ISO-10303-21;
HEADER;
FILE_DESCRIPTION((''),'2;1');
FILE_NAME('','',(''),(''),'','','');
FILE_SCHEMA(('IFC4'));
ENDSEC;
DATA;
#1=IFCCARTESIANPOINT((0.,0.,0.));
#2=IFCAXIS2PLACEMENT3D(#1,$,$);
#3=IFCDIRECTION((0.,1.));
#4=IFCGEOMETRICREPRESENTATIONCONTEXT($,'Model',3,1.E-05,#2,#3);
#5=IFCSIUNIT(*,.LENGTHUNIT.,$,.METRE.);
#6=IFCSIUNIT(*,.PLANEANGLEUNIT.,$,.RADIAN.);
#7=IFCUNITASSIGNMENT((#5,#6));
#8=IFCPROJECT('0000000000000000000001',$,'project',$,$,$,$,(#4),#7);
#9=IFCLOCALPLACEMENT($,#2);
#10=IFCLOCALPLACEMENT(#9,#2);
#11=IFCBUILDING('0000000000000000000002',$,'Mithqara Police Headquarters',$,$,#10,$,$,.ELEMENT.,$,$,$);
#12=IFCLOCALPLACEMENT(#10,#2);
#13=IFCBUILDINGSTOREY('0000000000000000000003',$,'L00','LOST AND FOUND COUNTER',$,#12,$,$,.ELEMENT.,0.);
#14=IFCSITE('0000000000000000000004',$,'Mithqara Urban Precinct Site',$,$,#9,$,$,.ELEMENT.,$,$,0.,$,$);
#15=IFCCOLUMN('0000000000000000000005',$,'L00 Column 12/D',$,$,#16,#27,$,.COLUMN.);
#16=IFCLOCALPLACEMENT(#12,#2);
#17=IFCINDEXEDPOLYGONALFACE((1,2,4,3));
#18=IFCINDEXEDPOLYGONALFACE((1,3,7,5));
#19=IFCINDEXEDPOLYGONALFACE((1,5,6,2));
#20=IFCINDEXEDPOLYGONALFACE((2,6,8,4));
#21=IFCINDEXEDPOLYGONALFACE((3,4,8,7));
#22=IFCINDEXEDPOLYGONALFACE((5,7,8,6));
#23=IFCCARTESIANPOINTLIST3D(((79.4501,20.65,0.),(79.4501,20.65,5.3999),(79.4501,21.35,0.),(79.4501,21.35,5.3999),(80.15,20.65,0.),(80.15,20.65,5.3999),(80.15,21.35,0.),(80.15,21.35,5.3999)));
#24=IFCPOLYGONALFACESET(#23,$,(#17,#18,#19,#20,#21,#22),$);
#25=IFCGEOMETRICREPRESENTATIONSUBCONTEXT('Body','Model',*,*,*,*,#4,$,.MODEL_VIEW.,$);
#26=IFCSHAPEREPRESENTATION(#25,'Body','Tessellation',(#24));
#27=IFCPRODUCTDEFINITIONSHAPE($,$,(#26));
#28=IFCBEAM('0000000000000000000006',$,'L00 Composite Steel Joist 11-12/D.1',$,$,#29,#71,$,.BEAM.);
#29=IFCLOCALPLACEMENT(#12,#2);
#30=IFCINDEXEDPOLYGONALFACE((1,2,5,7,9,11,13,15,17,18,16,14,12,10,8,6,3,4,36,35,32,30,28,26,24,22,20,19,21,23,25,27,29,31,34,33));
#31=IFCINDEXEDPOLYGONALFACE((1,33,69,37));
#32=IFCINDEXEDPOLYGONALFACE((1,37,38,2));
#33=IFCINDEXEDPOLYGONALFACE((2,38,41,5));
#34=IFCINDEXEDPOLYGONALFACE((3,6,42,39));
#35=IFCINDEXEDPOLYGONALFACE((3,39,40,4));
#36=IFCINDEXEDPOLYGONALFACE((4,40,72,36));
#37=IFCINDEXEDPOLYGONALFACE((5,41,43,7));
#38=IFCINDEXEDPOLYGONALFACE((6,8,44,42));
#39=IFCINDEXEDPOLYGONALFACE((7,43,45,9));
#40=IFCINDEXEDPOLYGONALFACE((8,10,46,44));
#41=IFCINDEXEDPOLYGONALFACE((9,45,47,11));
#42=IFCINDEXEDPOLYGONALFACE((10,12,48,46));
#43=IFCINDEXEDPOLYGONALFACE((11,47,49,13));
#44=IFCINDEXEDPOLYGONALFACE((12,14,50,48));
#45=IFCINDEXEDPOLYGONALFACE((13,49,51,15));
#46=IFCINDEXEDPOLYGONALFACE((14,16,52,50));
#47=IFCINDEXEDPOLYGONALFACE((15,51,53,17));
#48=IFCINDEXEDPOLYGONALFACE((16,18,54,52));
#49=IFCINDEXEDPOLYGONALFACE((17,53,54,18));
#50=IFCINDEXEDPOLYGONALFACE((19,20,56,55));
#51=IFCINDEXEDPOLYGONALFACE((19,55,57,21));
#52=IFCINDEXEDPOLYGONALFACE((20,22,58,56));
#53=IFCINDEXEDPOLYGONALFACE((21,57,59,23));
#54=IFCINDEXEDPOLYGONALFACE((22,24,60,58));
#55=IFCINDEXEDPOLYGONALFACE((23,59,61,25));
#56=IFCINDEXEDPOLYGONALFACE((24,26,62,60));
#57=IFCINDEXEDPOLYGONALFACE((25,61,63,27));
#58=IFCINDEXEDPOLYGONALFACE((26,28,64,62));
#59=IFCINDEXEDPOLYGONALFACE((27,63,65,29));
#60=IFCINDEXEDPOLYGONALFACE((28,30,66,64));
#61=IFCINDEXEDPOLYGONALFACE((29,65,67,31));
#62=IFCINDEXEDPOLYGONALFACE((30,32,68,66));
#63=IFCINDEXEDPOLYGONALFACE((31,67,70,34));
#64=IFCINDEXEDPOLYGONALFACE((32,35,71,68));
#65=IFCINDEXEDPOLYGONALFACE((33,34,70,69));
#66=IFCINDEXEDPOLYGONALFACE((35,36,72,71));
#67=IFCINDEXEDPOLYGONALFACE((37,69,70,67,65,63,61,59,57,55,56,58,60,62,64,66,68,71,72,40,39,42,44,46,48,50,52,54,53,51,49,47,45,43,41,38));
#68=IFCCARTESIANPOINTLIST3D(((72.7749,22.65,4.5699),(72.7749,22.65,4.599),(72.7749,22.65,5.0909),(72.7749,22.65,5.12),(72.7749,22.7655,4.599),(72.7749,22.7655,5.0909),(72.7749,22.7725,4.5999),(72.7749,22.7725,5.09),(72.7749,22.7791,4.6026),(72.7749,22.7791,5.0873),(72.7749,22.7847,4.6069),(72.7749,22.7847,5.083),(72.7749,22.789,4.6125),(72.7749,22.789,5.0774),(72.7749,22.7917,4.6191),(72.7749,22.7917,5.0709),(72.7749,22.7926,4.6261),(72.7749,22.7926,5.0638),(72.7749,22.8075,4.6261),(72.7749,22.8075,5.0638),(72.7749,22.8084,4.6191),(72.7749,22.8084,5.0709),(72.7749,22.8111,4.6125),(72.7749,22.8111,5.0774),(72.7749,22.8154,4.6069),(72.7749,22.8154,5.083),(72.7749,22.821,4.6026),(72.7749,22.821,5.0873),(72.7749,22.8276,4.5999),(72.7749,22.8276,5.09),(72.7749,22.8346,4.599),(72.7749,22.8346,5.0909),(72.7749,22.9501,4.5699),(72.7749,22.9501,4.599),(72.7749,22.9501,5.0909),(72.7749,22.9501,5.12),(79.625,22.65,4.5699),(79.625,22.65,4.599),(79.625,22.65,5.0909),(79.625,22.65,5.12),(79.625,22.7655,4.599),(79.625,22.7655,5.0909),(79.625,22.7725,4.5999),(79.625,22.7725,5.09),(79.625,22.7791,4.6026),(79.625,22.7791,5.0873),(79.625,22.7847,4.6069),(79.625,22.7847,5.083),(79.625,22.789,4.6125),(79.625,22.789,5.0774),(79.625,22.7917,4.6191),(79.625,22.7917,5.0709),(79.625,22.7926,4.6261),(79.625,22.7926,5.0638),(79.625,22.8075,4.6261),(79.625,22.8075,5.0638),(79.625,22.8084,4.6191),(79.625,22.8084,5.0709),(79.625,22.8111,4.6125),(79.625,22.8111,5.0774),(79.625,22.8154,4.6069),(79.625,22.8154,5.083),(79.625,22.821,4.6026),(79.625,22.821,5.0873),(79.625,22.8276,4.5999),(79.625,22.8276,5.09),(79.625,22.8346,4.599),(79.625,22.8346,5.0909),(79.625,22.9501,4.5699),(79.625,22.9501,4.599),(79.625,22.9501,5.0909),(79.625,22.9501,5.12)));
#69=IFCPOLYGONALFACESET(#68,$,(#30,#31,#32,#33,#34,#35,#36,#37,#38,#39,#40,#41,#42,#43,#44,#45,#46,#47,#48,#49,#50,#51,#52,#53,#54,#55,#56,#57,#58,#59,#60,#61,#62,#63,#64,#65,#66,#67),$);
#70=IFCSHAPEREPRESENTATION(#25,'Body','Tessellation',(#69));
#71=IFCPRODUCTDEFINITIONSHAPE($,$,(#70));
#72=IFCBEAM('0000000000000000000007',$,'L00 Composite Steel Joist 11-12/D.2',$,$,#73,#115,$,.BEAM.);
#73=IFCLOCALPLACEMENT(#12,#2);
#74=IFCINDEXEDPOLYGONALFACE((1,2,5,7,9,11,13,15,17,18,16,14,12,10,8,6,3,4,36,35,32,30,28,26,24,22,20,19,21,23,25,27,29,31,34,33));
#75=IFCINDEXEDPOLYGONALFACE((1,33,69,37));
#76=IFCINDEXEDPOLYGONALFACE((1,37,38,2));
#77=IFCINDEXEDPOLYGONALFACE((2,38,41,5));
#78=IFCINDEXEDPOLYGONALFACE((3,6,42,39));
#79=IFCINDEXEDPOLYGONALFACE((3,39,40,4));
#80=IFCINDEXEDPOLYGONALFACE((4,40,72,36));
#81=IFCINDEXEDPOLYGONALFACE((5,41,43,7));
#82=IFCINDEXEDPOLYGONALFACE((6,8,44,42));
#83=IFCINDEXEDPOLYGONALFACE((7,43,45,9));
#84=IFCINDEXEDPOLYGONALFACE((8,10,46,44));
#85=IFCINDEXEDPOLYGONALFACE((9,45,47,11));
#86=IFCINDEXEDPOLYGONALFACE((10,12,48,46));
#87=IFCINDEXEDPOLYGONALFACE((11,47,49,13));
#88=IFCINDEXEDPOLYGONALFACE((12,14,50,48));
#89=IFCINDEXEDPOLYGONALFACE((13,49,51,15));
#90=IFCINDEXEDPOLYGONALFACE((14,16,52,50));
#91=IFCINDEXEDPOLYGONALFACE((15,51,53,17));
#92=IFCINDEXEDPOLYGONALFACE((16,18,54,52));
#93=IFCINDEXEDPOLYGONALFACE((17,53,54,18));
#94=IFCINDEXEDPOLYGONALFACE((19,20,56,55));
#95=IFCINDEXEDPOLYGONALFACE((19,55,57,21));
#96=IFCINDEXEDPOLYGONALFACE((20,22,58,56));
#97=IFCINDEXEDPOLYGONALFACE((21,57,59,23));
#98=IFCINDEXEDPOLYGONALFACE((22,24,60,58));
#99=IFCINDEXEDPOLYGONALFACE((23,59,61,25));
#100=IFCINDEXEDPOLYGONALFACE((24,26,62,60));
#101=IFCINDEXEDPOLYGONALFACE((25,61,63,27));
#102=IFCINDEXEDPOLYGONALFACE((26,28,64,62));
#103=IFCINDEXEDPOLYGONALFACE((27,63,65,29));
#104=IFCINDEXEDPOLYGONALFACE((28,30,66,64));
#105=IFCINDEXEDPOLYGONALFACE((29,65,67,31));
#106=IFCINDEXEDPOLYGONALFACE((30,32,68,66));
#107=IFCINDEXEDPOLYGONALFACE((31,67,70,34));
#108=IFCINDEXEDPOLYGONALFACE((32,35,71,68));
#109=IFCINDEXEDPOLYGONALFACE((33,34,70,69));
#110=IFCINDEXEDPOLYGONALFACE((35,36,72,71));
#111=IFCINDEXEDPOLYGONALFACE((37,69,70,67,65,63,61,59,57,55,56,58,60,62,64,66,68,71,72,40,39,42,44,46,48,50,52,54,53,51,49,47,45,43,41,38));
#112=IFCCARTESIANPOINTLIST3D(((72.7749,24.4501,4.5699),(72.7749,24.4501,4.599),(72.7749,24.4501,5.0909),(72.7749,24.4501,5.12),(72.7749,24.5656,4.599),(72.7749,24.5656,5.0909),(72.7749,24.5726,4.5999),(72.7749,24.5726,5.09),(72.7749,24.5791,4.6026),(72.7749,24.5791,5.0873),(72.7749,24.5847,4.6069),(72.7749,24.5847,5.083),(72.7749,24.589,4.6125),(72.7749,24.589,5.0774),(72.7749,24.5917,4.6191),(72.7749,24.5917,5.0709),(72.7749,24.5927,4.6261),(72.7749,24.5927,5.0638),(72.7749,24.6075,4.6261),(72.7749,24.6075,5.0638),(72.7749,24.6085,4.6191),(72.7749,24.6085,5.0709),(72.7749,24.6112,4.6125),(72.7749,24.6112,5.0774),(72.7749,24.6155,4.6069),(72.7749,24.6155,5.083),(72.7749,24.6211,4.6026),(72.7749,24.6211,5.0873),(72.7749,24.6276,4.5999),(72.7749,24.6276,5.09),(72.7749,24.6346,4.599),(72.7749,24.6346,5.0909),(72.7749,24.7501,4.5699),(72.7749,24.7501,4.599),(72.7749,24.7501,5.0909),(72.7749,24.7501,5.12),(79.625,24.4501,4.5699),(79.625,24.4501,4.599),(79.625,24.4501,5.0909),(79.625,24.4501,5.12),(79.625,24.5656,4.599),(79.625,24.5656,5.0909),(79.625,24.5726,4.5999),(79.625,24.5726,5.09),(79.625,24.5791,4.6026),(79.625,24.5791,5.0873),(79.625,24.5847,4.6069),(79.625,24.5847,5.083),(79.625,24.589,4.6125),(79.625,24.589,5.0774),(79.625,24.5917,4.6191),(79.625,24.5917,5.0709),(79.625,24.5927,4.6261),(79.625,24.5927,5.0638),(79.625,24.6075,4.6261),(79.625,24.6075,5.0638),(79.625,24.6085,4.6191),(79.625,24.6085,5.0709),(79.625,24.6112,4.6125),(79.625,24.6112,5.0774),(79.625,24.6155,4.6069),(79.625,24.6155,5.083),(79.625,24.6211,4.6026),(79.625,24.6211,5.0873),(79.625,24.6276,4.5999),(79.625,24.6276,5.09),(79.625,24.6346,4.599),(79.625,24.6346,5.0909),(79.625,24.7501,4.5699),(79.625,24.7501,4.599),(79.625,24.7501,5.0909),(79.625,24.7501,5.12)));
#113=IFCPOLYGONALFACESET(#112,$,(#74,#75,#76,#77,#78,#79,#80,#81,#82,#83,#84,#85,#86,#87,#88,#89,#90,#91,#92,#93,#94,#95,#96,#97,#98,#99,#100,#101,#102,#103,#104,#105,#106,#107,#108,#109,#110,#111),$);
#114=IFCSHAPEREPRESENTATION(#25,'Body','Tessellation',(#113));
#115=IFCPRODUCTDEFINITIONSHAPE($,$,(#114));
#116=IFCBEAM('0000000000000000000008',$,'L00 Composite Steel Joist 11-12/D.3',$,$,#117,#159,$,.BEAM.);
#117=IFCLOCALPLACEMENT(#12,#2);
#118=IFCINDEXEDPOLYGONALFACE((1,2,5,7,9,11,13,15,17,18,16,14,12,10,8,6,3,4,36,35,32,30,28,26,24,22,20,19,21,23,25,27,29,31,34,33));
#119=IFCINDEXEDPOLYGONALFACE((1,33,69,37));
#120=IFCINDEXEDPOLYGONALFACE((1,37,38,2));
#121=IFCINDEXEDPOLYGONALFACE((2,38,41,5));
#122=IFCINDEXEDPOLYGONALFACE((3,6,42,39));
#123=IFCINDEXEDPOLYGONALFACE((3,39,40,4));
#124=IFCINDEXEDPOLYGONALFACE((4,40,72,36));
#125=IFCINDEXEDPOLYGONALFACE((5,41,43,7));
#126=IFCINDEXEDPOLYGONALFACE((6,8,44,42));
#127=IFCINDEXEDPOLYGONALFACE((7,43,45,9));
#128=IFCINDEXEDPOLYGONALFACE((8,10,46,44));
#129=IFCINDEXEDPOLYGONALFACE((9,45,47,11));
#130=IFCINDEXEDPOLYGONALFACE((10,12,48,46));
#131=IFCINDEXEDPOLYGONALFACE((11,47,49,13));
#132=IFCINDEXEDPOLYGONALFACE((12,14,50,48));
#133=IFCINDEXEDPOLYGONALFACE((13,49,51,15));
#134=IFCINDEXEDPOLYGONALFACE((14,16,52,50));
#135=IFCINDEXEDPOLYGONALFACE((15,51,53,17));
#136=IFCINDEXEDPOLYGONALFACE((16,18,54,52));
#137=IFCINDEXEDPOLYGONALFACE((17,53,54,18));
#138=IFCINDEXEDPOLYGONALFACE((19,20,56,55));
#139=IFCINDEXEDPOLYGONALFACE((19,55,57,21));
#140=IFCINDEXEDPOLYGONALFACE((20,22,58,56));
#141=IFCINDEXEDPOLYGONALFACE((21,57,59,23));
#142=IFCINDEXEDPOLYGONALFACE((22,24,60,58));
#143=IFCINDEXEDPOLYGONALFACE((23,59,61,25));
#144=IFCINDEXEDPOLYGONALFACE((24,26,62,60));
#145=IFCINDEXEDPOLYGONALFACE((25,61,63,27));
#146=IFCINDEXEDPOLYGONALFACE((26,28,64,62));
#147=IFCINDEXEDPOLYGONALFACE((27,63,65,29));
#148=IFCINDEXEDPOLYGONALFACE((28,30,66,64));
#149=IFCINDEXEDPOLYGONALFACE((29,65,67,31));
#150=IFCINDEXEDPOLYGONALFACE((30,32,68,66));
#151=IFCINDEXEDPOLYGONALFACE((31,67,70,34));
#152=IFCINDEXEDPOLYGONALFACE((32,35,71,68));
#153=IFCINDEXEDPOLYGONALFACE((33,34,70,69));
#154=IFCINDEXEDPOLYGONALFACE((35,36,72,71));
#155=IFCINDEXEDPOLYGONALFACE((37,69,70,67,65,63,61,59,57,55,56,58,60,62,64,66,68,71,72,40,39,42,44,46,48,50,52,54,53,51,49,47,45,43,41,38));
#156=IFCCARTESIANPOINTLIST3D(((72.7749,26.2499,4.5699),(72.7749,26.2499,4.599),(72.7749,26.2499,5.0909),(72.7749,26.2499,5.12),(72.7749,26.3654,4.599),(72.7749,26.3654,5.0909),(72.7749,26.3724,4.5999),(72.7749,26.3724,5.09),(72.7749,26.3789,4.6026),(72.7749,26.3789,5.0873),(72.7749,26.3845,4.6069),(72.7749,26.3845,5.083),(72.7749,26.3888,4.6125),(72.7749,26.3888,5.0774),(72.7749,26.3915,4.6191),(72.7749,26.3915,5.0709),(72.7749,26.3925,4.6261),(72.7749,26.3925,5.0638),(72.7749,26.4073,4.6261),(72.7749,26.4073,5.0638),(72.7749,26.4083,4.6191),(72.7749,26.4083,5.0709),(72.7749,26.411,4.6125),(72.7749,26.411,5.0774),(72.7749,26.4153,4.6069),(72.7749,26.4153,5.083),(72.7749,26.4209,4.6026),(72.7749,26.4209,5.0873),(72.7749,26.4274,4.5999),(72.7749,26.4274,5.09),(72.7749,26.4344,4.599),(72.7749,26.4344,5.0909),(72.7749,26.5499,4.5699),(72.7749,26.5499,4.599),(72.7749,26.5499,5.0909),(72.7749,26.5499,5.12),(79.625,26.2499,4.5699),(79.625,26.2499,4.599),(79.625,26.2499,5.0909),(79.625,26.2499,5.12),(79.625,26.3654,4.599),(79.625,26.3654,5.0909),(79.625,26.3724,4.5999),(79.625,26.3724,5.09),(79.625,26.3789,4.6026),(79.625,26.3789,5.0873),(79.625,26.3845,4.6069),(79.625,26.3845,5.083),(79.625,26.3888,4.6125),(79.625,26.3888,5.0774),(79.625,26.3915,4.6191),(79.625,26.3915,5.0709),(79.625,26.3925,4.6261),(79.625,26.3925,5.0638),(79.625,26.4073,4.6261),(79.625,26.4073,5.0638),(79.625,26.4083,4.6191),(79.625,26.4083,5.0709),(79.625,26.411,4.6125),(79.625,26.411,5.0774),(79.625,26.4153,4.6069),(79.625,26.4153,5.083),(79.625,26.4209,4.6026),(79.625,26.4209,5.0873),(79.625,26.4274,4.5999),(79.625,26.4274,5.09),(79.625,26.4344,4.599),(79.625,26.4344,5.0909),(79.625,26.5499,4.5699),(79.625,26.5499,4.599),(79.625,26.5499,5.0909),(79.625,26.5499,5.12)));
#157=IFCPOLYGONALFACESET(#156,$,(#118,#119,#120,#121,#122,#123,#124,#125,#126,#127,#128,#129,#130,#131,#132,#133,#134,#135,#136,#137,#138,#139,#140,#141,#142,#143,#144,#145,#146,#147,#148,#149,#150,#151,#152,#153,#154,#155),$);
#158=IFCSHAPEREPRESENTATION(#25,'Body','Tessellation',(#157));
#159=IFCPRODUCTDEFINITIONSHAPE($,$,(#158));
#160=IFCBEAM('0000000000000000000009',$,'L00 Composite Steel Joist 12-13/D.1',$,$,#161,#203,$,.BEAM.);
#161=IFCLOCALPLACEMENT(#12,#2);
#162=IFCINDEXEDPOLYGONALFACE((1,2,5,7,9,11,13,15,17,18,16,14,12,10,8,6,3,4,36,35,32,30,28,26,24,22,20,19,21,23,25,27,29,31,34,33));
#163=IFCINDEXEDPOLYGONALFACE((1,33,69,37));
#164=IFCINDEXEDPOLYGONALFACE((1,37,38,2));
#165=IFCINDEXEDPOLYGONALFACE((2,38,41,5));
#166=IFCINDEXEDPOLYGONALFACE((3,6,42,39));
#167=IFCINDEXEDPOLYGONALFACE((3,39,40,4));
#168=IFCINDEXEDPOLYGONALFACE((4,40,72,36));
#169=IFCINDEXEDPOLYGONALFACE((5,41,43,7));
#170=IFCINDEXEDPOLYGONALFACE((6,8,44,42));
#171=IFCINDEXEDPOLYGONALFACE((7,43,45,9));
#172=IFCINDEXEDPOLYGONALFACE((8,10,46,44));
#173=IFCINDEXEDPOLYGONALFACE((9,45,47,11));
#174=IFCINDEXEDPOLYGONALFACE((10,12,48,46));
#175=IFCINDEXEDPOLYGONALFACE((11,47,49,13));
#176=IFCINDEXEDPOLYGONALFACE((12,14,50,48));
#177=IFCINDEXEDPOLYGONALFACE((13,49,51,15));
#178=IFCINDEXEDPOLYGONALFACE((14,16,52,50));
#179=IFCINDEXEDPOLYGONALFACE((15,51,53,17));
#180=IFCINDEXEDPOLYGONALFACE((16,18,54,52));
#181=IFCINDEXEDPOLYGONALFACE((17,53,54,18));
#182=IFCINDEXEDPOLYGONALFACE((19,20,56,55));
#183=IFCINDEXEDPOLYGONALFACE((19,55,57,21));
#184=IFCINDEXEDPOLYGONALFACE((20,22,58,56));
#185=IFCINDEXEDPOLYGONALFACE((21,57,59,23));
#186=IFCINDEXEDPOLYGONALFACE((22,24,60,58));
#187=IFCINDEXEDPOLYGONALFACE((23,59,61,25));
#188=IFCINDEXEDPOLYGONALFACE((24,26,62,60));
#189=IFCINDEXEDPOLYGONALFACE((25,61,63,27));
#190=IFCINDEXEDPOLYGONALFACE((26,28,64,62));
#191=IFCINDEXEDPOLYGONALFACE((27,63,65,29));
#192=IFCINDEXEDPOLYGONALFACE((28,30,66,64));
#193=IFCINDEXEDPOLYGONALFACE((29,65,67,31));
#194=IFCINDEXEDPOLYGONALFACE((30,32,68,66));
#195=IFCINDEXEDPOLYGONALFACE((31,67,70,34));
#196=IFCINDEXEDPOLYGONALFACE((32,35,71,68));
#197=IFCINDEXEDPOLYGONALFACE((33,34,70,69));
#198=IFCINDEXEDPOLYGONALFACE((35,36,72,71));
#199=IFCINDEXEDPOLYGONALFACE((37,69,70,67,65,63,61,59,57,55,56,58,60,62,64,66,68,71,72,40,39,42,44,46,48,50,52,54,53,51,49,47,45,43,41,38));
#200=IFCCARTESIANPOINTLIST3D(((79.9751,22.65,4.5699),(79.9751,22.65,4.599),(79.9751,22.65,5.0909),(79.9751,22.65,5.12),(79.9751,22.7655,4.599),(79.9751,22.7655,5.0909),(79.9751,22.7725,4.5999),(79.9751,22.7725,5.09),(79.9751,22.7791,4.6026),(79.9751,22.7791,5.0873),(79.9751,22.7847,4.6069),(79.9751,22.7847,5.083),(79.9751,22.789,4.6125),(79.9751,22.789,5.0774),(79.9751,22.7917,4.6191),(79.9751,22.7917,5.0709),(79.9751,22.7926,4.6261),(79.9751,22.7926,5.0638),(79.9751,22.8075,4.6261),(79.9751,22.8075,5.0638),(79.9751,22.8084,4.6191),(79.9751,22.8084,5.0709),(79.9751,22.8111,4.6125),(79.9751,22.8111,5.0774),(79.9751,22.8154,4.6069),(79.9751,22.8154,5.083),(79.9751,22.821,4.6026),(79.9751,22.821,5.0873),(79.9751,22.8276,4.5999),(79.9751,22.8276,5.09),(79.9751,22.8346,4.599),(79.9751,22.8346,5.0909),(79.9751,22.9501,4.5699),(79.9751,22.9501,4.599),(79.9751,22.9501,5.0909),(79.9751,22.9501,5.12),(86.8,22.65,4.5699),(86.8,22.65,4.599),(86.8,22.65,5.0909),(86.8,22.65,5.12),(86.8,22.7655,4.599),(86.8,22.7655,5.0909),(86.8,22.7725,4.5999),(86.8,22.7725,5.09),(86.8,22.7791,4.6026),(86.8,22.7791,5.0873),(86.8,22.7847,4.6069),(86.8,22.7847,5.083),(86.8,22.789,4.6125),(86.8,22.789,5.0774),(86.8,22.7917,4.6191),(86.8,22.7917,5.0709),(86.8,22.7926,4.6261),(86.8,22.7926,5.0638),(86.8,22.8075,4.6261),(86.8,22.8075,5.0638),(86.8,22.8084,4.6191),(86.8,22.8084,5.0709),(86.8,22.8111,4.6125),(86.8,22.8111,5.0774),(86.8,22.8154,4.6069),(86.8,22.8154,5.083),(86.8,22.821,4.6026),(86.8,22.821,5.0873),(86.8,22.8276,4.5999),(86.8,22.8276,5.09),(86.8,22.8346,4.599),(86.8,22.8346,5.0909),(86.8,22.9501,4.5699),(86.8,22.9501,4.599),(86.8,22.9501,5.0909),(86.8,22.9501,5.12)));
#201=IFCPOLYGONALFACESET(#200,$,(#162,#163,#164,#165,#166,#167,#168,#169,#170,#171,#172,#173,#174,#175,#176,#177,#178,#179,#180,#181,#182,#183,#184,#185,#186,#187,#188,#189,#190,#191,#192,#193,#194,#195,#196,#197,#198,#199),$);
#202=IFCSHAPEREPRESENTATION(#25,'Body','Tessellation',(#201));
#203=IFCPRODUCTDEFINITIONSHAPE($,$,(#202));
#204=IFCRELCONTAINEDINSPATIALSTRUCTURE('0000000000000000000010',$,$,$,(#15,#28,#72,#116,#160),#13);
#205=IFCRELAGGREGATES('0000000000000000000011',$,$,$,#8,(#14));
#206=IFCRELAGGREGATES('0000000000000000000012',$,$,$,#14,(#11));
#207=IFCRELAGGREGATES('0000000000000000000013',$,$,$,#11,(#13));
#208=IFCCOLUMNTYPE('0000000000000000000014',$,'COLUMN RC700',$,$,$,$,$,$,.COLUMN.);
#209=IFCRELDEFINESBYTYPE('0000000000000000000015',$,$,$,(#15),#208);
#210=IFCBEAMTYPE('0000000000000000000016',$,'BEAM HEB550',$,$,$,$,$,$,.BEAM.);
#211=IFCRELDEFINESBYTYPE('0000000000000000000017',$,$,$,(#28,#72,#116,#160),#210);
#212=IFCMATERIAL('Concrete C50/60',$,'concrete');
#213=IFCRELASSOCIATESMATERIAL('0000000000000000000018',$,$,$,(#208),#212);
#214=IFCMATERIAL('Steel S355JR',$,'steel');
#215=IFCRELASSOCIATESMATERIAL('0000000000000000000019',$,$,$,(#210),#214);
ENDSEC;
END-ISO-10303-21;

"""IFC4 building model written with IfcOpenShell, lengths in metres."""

from ifc_helpers import new_model, si_unit, direction, frame, origin, origin_2d, place, context, subcontext, project, spatial, rectangle, i_section, extrude, material, material_profile, profile_set, type_object, element, save


model = new_model("IFC4")

# Units and contexts
model_context = context("Model", 3, precision=1e-05, world=origin(), true_north=direction((0.0, 1.0)))
body_context = subcontext(model_context, "Body", "Model", "MODEL_VIEW")
ifc_project = project(units=[si_unit("LENGTHUNIT", "METRE"), si_unit("PLANEANGLEUNIT", "RADIAN")], contexts=[model_context])

# Site, building, storey
site_placement = place(None, origin())
site = spatial("IfcSite", under=ifc_project, at=site_placement, Name="Mithqara Urban Precinct Site", CompositionType="ELEMENT", RefElevation=0.0)
building_placement = place(site_placement, origin())
building = spatial("IfcBuilding", under=site, at=building_placement, Name="Mithqara Police Headquarters", CompositionType="ELEMENT")
storey_placement = place(building_placement, origin())
storey = spatial("IfcBuildingStorey", under=building, at=storey_placement, Name="L00", Description="LOST AND FOUND COUNTER", CompositionType="ELEMENT", Elevation=0.0)

# Column
ifc_material_1 = material(Name="Concrete C50/60", Category="concrete")
ifc_material_profile_1 = material_profile(ifc_material_1, rectangle(XDim=0.7, YDim=0.7, at=origin_2d()), Name="RC 700x700")
ifc_profile_set_1 = profile_set([ifc_material_profile_1], Name="Concrete C50/60")
column_type = type_object("IfcColumnType", Name="COLUMN RC700", PredefinedType="COLUMN", material=ifc_profile_set_1)
column_placement = place(storey_placement, frame((79.8, 21.0, 0.0), z_axis=(0.0, 0.0, 1.0), x_axis=(1.0, 0.0, 0.0)))
element("IfcColumn", 1, at=column_placement, inside=storey, type_object=column_type, Name="L00 Column 12/D", PredefinedType="COLUMN", context=body_context, shape_type="SweptSolid", body=[
    extrude(rectangle(XDim=0.7, YDim=0.7, at=origin_2d()), origin(), (0.0, 0.0, 1.0), 5.3999),
])

# Beams
ifc_material_2 = material(Name="Steel S355JR", Category="steel")
ifc_material_profile_2 = material_profile(ifc_material_2, i_section(OverallWidth=0.3, OverallDepth=0.55, WebThickness=0.0149, FlangeThickness=0.0291, FilletRadius=0.0271, at=origin_2d()), Name="HEB 550")
ifc_profile_set_2 = profile_set([ifc_material_profile_2], Name="Steel S355JR")
beam_type_1 = type_object("IfcBeamType", Name="BEAM HEB550", PredefinedType="BEAM", material=ifc_profile_set_2)
for number, where, z_axis, x_axis, name in (
    (2, (72.7749, 22.8, 4.845), (1.0, 0.0, 0.0), (0.0, 1.0, 0.0), "L00 Composite Steel Joist 11-12/D.1"),
    (3, (72.7749, 24.6001, 4.845), (1.0, 0.0, 0.0), (0.0, 1.0, 0.0), "L00 Composite Steel Joist 11-12/D.2"),
    (4, (72.7749, 26.3999, 4.845), (1.0, 0.0, 0.0), (0.0, 1.0, 0.0), "L00 Composite Steel Joist 11-12/D.3"),
):
    element("IfcBeam", number, at=place(storey_placement, frame(where, z_axis=z_axis, x_axis=x_axis)), inside=storey, type_object=beam_type_1, Name=name, PredefinedType="BEAM", context=body_context, shape_type="SweptSolid", body=[
        extrude(i_section(OverallWidth=0.3, OverallDepth=0.55, WebThickness=0.0149, FlangeThickness=0.0291, FilletRadius=0.0271, at=origin_2d()), origin(), (0.0, 0.0, 1.0), 6.8501),
    ])
for number, where, z_axis, x_axis, name in (
    (5, (79.9751, 22.8, 4.845), (1.0, 0.0, 0.0), (0.0, 1.0, 0.0), "L00 Composite Steel Joist 12-13/D.1"),
):
    element("IfcBeam", number, at=place(storey_placement, frame(where, z_axis=z_axis, x_axis=x_axis)), inside=storey, type_object=beam_type_1, Name=name, PredefinedType="BEAM", context=body_context, shape_type="SweptSolid", body=[
        extrude(i_section(OverallWidth=0.3, OverallDepth=0.55, WebThickness=0.0149, FlangeThickness=0.0291, FilletRadius=0.0271, at=origin_2d()), origin(), (0.0, 0.0, 1.0), 6.825),
    ])

save(model, "model.ifc")
